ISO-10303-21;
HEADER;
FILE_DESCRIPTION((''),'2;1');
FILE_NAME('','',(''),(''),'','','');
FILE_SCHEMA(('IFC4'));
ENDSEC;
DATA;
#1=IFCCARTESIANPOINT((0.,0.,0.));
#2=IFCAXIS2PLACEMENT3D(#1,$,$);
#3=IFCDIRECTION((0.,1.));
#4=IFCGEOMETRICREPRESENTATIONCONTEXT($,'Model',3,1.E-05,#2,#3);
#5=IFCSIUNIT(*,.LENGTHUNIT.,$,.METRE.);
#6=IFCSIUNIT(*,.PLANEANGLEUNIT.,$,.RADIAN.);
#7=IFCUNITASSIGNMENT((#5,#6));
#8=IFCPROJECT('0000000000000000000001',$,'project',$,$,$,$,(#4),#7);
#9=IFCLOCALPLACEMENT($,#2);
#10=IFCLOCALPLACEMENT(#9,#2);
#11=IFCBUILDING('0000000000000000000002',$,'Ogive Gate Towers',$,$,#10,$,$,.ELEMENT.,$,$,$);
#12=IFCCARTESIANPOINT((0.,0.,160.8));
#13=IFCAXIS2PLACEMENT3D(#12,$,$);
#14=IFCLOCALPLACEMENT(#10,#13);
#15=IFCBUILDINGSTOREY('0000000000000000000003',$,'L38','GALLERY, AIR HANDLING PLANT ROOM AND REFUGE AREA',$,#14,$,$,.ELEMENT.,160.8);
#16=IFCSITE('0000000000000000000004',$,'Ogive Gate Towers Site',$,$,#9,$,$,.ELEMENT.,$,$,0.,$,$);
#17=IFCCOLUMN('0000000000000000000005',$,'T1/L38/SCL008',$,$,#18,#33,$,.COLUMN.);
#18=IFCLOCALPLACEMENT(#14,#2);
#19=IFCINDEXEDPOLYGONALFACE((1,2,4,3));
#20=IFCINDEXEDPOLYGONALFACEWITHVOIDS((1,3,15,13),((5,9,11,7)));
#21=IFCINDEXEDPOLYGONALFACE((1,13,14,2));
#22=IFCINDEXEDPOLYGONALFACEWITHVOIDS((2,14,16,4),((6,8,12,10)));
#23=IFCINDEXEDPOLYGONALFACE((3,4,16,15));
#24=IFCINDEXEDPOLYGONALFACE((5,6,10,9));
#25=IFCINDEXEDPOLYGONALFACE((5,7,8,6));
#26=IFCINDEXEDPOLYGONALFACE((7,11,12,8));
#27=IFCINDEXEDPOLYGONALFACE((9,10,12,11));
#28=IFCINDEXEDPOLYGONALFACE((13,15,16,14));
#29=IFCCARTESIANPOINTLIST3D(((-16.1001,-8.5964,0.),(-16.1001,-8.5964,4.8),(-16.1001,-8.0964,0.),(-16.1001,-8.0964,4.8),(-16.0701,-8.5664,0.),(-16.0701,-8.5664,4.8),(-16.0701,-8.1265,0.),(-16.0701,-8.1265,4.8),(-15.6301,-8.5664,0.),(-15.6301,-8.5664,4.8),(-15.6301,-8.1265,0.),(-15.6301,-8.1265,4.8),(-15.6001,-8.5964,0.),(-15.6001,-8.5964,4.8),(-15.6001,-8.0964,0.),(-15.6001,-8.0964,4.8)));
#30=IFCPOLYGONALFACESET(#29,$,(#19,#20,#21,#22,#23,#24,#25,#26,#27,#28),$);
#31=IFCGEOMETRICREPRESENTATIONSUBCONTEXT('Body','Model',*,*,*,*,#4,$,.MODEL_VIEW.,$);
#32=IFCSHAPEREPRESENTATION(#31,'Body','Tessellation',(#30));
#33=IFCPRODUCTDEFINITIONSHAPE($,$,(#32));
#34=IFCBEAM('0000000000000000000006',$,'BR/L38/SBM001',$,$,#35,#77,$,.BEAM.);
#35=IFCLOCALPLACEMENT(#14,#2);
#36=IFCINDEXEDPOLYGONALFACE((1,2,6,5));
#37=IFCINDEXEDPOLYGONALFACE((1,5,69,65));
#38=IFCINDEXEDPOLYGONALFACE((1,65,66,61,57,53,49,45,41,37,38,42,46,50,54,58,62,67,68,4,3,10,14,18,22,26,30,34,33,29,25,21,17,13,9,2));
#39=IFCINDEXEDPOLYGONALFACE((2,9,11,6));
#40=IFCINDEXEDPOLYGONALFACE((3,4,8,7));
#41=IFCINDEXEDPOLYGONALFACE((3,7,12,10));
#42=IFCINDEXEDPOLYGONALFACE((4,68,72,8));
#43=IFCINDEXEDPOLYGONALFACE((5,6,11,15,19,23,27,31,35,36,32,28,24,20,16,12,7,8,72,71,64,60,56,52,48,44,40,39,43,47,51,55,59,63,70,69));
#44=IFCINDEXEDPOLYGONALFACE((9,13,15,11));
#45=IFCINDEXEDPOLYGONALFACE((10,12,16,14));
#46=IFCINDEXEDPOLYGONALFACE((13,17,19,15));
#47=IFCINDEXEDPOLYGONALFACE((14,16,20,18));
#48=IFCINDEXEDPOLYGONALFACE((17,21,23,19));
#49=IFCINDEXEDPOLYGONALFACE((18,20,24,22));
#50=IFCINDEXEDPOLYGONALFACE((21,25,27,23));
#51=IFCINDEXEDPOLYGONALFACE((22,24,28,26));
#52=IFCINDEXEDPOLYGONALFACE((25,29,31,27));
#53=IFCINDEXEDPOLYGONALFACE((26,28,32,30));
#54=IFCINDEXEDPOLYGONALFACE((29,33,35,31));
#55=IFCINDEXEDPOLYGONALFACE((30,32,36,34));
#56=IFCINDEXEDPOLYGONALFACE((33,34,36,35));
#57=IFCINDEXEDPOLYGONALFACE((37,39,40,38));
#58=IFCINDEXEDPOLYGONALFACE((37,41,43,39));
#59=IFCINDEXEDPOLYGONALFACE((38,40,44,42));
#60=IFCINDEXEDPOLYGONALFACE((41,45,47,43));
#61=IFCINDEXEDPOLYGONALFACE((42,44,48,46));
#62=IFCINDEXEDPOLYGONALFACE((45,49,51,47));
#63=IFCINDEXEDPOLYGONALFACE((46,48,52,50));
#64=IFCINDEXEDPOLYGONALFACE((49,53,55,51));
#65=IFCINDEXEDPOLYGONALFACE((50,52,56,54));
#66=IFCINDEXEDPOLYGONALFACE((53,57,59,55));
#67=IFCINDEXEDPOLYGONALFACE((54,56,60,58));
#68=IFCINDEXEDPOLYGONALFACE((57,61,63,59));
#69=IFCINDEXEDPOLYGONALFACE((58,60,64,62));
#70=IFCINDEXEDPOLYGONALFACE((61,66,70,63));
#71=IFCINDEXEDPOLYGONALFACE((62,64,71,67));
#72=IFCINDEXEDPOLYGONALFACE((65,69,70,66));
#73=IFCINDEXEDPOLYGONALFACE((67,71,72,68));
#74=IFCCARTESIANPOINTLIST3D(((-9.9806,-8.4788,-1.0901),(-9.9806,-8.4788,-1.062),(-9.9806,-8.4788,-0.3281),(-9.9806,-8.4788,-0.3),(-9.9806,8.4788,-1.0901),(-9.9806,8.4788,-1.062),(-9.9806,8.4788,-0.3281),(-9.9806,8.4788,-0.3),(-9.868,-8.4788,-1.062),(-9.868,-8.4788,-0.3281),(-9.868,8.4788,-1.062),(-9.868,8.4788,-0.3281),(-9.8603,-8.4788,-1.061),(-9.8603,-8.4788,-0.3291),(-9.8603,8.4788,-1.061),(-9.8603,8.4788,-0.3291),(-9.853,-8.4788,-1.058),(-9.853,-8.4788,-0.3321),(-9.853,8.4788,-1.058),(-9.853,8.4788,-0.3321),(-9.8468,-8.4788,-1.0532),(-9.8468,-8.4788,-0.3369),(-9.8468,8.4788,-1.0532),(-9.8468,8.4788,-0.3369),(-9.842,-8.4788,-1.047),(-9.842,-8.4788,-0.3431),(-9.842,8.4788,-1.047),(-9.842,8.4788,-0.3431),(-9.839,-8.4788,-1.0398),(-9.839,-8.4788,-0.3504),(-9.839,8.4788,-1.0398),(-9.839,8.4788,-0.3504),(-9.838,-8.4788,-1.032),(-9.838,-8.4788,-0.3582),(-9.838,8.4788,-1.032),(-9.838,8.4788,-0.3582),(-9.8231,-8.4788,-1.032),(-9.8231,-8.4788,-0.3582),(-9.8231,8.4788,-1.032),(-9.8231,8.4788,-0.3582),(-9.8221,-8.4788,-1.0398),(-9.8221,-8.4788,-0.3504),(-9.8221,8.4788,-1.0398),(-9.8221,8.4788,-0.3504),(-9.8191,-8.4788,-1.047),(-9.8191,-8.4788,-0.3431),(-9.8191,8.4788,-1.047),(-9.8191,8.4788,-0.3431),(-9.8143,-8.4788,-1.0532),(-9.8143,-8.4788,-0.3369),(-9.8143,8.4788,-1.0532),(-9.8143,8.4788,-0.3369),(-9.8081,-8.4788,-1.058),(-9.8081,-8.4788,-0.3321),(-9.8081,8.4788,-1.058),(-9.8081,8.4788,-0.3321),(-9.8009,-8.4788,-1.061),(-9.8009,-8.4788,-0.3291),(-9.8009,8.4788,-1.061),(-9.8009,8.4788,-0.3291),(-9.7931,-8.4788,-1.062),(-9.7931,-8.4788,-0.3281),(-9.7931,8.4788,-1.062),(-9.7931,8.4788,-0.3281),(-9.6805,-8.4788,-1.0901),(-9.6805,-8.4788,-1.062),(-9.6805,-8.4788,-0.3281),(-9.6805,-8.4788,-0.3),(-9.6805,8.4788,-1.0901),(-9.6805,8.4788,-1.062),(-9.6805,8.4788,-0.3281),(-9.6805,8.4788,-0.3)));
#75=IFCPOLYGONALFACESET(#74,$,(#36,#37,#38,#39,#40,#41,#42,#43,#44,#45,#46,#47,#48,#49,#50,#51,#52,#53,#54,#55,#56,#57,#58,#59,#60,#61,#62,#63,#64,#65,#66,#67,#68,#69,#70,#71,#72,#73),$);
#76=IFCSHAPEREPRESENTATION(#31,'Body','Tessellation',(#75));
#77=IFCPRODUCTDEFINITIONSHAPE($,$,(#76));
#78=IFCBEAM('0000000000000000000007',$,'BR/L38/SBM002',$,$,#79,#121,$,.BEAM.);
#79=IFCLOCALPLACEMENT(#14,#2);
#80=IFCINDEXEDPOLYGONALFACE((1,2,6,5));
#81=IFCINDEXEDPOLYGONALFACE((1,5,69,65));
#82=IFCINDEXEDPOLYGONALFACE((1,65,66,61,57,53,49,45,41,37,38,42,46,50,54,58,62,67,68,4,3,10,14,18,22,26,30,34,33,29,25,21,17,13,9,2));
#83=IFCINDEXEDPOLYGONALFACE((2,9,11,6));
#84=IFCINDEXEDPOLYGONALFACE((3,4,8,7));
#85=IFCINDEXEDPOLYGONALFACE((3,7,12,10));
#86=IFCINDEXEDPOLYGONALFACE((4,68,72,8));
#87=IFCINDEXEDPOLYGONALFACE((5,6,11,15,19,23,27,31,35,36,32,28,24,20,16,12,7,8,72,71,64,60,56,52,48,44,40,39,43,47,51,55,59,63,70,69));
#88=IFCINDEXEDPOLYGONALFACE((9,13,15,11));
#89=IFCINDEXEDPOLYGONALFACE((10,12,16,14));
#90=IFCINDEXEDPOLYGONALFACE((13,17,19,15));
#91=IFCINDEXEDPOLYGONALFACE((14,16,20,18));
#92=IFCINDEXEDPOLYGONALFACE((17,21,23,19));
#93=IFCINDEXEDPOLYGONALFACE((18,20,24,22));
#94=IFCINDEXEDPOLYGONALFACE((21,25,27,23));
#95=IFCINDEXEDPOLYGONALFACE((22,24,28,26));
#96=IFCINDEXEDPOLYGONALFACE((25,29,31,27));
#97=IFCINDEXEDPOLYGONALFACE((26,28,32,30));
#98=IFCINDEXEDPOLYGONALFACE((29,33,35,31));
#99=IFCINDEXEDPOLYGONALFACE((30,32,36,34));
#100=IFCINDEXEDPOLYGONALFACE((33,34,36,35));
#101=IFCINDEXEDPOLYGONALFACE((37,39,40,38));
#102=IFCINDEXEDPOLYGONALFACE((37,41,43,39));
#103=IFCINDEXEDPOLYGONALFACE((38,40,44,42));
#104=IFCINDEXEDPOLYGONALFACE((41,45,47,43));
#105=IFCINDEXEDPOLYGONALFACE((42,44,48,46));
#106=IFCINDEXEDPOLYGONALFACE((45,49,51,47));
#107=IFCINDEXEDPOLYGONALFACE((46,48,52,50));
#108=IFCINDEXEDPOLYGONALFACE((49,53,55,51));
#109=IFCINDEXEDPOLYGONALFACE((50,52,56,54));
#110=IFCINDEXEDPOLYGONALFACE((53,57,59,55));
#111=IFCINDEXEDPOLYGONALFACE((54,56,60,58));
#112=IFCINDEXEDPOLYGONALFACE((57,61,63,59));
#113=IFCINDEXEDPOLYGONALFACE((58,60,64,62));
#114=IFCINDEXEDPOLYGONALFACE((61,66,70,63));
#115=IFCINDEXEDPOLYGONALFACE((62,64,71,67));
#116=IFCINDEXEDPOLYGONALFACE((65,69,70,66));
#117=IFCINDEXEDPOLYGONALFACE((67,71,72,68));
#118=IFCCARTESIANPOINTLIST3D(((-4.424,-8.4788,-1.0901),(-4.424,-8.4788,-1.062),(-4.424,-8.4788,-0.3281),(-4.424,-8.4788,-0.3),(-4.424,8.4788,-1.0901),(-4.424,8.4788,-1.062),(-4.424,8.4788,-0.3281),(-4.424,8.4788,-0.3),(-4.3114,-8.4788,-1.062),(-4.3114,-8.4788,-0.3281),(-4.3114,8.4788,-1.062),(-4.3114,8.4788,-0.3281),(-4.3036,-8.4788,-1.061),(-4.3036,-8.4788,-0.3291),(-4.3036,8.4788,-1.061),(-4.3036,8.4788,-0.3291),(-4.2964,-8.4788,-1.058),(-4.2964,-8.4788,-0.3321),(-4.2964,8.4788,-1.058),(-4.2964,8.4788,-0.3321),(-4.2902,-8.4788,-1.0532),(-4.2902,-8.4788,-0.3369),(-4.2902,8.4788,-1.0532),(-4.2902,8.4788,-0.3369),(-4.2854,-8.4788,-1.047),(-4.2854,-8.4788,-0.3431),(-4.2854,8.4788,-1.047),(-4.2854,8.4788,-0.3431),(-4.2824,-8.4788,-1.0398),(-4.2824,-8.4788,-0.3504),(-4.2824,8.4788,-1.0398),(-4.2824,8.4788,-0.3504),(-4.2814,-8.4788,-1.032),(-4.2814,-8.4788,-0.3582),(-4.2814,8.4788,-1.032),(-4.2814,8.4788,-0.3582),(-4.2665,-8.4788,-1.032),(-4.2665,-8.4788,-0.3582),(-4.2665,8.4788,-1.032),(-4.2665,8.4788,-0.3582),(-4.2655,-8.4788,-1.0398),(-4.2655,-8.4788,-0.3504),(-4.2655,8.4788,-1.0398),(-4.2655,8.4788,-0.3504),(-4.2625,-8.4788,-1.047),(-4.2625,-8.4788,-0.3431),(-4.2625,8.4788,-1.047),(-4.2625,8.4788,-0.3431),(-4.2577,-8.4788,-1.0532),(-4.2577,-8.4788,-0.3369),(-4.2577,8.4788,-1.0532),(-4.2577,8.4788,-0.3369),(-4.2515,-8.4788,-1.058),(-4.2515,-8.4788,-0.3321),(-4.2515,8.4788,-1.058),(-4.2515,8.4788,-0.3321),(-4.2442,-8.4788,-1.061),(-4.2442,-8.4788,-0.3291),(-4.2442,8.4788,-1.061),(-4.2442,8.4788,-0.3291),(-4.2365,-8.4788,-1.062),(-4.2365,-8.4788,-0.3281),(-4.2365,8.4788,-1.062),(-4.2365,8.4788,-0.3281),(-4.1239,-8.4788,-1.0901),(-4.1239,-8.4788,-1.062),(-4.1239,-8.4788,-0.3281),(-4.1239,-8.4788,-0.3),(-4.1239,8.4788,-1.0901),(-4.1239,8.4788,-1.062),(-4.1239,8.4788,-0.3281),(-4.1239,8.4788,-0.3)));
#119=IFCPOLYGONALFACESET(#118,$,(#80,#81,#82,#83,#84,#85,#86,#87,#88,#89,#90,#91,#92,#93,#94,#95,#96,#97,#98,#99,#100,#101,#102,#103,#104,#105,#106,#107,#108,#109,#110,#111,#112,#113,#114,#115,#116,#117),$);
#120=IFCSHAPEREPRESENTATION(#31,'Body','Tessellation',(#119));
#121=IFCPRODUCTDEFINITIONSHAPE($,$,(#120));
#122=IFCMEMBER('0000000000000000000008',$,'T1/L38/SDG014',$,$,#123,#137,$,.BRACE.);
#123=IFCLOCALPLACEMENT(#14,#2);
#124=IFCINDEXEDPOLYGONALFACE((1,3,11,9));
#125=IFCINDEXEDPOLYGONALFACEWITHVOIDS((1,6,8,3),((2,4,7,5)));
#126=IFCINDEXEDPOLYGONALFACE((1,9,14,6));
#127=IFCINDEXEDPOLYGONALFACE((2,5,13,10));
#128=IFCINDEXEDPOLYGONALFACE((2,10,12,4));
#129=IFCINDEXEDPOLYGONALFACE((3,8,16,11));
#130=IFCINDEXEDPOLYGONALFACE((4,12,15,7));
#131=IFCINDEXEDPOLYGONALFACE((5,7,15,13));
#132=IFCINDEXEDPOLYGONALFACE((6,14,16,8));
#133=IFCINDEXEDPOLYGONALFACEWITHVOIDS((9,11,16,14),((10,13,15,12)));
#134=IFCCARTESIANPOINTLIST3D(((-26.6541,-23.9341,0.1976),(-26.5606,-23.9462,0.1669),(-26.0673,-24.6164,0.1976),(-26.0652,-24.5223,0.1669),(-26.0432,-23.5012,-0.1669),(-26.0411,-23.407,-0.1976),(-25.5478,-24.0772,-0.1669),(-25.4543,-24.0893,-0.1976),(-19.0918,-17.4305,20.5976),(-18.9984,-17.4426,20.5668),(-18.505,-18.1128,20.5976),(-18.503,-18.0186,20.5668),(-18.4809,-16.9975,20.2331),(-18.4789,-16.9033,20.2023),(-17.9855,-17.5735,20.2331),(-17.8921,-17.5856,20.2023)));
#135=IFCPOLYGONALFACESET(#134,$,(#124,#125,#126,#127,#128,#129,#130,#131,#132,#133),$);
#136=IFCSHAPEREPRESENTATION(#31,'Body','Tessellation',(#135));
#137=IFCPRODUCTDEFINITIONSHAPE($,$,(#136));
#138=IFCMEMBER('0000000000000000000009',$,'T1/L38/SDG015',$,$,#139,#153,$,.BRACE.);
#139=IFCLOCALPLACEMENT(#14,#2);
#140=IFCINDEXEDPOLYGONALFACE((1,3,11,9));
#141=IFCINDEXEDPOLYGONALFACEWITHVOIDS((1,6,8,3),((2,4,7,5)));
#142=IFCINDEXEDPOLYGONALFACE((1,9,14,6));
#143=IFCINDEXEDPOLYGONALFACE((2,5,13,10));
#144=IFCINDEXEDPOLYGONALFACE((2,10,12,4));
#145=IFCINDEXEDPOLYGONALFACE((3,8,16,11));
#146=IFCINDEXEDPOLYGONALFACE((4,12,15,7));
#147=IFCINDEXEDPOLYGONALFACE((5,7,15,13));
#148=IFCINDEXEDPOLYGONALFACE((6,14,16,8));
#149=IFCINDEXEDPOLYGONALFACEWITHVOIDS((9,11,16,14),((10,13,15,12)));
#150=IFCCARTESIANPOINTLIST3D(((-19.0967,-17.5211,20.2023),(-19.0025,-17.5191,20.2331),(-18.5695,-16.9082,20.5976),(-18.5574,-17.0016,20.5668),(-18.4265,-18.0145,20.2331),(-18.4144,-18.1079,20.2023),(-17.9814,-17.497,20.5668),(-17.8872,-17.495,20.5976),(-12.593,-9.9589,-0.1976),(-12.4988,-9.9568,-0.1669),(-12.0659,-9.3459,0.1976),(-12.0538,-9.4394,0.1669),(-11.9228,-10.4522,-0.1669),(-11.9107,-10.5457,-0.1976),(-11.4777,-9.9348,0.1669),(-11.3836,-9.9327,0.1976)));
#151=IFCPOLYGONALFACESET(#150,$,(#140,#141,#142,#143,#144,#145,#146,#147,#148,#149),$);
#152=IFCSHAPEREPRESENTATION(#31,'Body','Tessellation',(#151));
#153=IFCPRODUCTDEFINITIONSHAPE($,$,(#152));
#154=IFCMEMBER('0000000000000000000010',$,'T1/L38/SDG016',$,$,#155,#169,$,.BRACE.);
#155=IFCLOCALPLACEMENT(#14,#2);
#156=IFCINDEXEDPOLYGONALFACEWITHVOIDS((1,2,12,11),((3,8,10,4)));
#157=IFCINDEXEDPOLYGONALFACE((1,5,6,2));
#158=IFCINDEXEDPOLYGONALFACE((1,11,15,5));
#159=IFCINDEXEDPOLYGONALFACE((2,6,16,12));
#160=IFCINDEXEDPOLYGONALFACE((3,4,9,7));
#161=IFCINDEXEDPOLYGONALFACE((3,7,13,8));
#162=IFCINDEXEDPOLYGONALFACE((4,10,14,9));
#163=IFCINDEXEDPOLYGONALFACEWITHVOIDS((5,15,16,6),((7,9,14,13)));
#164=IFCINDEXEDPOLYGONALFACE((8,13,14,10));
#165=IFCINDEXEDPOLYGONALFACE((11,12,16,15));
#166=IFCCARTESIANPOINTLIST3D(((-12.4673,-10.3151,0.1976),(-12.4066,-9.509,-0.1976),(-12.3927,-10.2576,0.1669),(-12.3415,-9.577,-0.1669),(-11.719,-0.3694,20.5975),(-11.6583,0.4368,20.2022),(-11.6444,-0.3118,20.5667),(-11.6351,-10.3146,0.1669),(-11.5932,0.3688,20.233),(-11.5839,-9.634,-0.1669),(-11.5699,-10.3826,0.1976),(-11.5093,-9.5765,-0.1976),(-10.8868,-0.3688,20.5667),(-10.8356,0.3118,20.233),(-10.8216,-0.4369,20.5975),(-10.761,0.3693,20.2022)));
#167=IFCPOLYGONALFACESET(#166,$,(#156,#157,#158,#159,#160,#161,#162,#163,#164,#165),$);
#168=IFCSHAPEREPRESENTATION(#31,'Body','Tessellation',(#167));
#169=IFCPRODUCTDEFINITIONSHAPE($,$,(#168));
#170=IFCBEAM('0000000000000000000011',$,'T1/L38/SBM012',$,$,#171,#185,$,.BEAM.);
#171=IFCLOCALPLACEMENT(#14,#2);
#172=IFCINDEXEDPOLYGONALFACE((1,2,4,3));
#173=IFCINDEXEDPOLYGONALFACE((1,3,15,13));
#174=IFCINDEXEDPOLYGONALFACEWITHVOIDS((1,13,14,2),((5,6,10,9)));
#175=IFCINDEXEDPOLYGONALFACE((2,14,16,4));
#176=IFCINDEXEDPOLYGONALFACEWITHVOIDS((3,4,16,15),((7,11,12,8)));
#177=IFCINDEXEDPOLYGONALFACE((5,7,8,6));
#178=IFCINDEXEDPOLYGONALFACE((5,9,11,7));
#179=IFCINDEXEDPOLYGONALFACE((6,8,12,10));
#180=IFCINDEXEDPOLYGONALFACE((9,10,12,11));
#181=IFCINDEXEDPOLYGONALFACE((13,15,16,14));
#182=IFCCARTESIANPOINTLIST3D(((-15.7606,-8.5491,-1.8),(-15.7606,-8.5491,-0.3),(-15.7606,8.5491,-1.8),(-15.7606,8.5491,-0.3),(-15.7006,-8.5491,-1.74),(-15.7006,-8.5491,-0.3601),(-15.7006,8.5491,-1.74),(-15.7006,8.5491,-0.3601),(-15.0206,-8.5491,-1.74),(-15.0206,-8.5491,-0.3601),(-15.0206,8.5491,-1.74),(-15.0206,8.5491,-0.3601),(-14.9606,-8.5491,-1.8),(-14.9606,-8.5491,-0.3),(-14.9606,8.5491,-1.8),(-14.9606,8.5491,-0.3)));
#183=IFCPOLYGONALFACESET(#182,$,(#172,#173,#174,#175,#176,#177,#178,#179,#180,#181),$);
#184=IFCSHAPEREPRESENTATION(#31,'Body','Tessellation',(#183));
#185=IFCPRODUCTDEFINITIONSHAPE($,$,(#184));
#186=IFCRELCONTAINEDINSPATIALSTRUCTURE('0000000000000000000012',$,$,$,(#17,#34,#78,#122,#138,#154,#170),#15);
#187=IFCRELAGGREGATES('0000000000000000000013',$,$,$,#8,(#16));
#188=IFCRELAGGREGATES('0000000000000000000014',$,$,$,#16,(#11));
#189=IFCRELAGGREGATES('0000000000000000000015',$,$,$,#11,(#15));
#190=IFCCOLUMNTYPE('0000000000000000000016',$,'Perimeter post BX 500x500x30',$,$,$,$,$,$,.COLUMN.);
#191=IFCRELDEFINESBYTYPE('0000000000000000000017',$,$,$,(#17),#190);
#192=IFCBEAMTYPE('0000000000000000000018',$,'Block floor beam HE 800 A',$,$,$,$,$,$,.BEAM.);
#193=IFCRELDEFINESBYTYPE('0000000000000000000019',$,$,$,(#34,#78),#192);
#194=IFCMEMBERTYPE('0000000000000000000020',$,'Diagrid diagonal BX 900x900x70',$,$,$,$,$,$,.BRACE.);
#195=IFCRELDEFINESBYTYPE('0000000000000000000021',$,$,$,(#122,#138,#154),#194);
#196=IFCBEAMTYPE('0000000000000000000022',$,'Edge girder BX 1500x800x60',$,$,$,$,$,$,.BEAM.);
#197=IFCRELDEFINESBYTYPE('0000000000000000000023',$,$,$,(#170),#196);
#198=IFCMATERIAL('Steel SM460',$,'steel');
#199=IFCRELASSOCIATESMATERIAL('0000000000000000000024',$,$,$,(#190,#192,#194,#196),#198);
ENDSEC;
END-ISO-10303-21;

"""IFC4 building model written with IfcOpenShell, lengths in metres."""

from ifc_helpers import new_model, si_unit, direction, frame, origin, origin_2d, place, context, subcontext, project, spatial, hollow_rectangle, i_section, extrude, material, material_profile, profile_set, type_object, element, save


model = new_model("IFC4")

# Units and contexts
model_context = context("Model", 3, precision=1e-05, world=origin(), true_north=direction((0.0, 1.0)))
body_context = subcontext(model_context, "Body", "Model", "MODEL_VIEW")
ifc_project = project(units=[si_unit("LENGTHUNIT", "METRE"), si_unit("PLANEANGLEUNIT", "RADIAN")], contexts=[model_context])

# Site, building, storey
site_placement = place(None, origin())
site = spatial("IfcSite", under=ifc_project, at=site_placement, Name="Ogive Gate Towers Site", CompositionType="ELEMENT", RefElevation=0.0)
building_placement = place(site_placement, origin())
building = spatial("IfcBuilding", under=site, at=building_placement, Name="Ogive Gate Towers", CompositionType="ELEMENT")
storey_placement = place(building_placement, frame((0.0, 0.0, 160.8)))
storey = spatial("IfcBuildingStorey", under=building, at=storey_placement, Name="L38", Description="GALLERY, AIR HANDLING PLANT ROOM AND REFUGE AREA", CompositionType="ELEMENT", Elevation=160.8)

# Column
ifc_material_1 = material(Name="Steel SM460", Category="steel")
ifc_material_profile_1 = material_profile(ifc_material_1, hollow_rectangle(XDim=0.5, YDim=0.5, WallThickness=0.03, at=origin_2d()), Name="BX 500x500x30")
ifc_profile_set_1 = profile_set([ifc_material_profile_1], Name="Steel SM460")
column_type = type_object("IfcColumnType", Name="Perimeter post BX 500x500x30", PredefinedType="COLUMN", material=ifc_profile_set_1)
column_placement = place(storey_placement, frame((-15.8501, -8.3464, 0.0), z_axis=(0.0, 0.0, 1.0), x_axis=(1.0, 0.0, 0.0)))
element("IfcColumn", 1, at=column_placement, inside=storey, type_object=column_type, Name="T1/L38/SCL008", PredefinedType="COLUMN", context=body_context, shape_type="SweptSolid", body=[
    extrude(hollow_rectangle(XDim=0.5, YDim=0.5, WallThickness=0.03, at=origin_2d()), origin(), (0.0, 0.0, 1.0), 4.8),
])

# Beams
ifc_material_profile_2 = material_profile(ifc_material_1, i_section(OverallWidth=0.3, OverallDepth=0.79, WebThickness=0.0149, FlangeThickness=0.0281, FilletRadius=0.03, at=origin_2d()), Name="HE 800 A")
ifc_profile_set_2 = profile_set([ifc_material_profile_2], Name="Steel SM460")
beam_type_1 = type_object("IfcBeamType", Name="Block floor beam HE 800 A", PredefinedType="BEAM", material=ifc_profile_set_2)
for number, where, z_axis, x_axis, name in (
    (2, (-9.8306, -8.4788, -0.6951), (0.0, 1.0, 0.0), (-1.0, 0.0, 0.0), "BR/L38/SBM001"),
    (3, (-4.2739, -8.4788, -0.6951), (0.0, 1.0, 0.0), (-1.0, 0.0, 0.0), "BR/L38/SBM002"),
):
    element("IfcBeam", number, at=place(storey_placement, frame(where, z_axis=z_axis, x_axis=x_axis)), inside=storey, type_object=beam_type_1, Name=name, PredefinedType="BEAM", context=body_context, shape_type="SweptSolid", body=[
        extrude(i_section(OverallWidth=0.3, OverallDepth=0.79, WebThickness=0.0149, FlangeThickness=0.0281, FilletRadius=0.03, at=origin_2d()), origin(), (0.0, 0.0, 1.0), 16.9575),
    ])

# Members
ifc_material_profile_3 = material_profile(ifc_material_1, hollow_rectangle(XDim=0.8999, YDim=0.8999, WallThickness=0.0701, at=origin_2d()), Name="BX 900x900x70")
ifc_profile_set_3 = profile_set([ifc_material_profile_3], Name="Steel SM460")
member_type_1 = type_object("IfcMemberType", Name="Diagrid diagonal BX 900x900x70", PredefinedType="BRACE", material=ifc_profile_set_3)
for number, where, z_axis, x_axis, name in (
    (4, (-26.0542, -24.0117, 0.0), (0.333026, 0.286407, 0.898368), (-0.652046, 0.758179, 0.0), "T1/L38/SDG014"),
    (5, (-11.9883, -9.9458, 0.0), (-0.286407, -0.333026, 0.898368), (0.758179, -0.652046, 0.0), "T1/L38/SDG015"),
):
    element("IfcMember", number, at=place(storey_placement, frame(where, z_axis=z_axis, x_axis=x_axis)), inside=storey, type_object=member_type_1, Name=name, PredefinedType="BRACE", context=body_context, shape_type="SweptSolid", body=[
        extrude(hollow_rectangle(XDim=0.8999, YDim=0.8999, WallThickness=0.0701, at=origin_2d()), origin(), (0.0, 0.0, 1.0), 22.7078),
    ])
member_1_placement = place(storey_placement, frame((-11.9883, -9.9458, 0.0), z_axis=(0.032953, 0.437994, 0.898374), x_axis=(-0.997182, 0.075025, 0.0)))
element("IfcMember", 6, at=member_1_placement, inside=storey, type_object=member_type_1, Name="T1/L38/SDG016", PredefinedType="BRACE", context=body_context, shape_type="SweptSolid", body=[
    extrude(hollow_rectangle(XDim=0.8999, YDim=0.8999, WallThickness=0.0701, at=origin_2d()), origin(), (0.0, 0.0, 1.0), 22.7075),
])

# Beam
ifc_material_profile_4 = material_profile(ifc_material_1, hollow_rectangle(XDim=0.8, YDim=1.5, WallThickness=0.0601, at=origin_2d()), Name="BX 1500x800x60")
ifc_profile_set_4 = profile_set([ifc_material_profile_4], Name="Steel SM460")
beam_type_2 = type_object("IfcBeamType", Name="Edge girder BX 1500x800x60", PredefinedType="BEAM", material=ifc_profile_set_4)
beam_1_placement = place(storey_placement, frame((-15.3606, -8.5491, -1.05), z_axis=(0.0, 1.0, 0.0), x_axis=(-1.0, 0.0, 0.0)))
element("IfcBeam", 7, at=beam_1_placement, inside=storey, type_object=beam_type_2, Name="T1/L38/SBM012", PredefinedType="BEAM", context=body_context, shape_type="SweptSolid", body=[
    extrude(hollow_rectangle(XDim=0.8, YDim=1.5, WallThickness=0.0601, at=origin_2d()), origin(), (0.0, 0.0, 1.0), 17.0981),
])

save(model, "model.ifc")
